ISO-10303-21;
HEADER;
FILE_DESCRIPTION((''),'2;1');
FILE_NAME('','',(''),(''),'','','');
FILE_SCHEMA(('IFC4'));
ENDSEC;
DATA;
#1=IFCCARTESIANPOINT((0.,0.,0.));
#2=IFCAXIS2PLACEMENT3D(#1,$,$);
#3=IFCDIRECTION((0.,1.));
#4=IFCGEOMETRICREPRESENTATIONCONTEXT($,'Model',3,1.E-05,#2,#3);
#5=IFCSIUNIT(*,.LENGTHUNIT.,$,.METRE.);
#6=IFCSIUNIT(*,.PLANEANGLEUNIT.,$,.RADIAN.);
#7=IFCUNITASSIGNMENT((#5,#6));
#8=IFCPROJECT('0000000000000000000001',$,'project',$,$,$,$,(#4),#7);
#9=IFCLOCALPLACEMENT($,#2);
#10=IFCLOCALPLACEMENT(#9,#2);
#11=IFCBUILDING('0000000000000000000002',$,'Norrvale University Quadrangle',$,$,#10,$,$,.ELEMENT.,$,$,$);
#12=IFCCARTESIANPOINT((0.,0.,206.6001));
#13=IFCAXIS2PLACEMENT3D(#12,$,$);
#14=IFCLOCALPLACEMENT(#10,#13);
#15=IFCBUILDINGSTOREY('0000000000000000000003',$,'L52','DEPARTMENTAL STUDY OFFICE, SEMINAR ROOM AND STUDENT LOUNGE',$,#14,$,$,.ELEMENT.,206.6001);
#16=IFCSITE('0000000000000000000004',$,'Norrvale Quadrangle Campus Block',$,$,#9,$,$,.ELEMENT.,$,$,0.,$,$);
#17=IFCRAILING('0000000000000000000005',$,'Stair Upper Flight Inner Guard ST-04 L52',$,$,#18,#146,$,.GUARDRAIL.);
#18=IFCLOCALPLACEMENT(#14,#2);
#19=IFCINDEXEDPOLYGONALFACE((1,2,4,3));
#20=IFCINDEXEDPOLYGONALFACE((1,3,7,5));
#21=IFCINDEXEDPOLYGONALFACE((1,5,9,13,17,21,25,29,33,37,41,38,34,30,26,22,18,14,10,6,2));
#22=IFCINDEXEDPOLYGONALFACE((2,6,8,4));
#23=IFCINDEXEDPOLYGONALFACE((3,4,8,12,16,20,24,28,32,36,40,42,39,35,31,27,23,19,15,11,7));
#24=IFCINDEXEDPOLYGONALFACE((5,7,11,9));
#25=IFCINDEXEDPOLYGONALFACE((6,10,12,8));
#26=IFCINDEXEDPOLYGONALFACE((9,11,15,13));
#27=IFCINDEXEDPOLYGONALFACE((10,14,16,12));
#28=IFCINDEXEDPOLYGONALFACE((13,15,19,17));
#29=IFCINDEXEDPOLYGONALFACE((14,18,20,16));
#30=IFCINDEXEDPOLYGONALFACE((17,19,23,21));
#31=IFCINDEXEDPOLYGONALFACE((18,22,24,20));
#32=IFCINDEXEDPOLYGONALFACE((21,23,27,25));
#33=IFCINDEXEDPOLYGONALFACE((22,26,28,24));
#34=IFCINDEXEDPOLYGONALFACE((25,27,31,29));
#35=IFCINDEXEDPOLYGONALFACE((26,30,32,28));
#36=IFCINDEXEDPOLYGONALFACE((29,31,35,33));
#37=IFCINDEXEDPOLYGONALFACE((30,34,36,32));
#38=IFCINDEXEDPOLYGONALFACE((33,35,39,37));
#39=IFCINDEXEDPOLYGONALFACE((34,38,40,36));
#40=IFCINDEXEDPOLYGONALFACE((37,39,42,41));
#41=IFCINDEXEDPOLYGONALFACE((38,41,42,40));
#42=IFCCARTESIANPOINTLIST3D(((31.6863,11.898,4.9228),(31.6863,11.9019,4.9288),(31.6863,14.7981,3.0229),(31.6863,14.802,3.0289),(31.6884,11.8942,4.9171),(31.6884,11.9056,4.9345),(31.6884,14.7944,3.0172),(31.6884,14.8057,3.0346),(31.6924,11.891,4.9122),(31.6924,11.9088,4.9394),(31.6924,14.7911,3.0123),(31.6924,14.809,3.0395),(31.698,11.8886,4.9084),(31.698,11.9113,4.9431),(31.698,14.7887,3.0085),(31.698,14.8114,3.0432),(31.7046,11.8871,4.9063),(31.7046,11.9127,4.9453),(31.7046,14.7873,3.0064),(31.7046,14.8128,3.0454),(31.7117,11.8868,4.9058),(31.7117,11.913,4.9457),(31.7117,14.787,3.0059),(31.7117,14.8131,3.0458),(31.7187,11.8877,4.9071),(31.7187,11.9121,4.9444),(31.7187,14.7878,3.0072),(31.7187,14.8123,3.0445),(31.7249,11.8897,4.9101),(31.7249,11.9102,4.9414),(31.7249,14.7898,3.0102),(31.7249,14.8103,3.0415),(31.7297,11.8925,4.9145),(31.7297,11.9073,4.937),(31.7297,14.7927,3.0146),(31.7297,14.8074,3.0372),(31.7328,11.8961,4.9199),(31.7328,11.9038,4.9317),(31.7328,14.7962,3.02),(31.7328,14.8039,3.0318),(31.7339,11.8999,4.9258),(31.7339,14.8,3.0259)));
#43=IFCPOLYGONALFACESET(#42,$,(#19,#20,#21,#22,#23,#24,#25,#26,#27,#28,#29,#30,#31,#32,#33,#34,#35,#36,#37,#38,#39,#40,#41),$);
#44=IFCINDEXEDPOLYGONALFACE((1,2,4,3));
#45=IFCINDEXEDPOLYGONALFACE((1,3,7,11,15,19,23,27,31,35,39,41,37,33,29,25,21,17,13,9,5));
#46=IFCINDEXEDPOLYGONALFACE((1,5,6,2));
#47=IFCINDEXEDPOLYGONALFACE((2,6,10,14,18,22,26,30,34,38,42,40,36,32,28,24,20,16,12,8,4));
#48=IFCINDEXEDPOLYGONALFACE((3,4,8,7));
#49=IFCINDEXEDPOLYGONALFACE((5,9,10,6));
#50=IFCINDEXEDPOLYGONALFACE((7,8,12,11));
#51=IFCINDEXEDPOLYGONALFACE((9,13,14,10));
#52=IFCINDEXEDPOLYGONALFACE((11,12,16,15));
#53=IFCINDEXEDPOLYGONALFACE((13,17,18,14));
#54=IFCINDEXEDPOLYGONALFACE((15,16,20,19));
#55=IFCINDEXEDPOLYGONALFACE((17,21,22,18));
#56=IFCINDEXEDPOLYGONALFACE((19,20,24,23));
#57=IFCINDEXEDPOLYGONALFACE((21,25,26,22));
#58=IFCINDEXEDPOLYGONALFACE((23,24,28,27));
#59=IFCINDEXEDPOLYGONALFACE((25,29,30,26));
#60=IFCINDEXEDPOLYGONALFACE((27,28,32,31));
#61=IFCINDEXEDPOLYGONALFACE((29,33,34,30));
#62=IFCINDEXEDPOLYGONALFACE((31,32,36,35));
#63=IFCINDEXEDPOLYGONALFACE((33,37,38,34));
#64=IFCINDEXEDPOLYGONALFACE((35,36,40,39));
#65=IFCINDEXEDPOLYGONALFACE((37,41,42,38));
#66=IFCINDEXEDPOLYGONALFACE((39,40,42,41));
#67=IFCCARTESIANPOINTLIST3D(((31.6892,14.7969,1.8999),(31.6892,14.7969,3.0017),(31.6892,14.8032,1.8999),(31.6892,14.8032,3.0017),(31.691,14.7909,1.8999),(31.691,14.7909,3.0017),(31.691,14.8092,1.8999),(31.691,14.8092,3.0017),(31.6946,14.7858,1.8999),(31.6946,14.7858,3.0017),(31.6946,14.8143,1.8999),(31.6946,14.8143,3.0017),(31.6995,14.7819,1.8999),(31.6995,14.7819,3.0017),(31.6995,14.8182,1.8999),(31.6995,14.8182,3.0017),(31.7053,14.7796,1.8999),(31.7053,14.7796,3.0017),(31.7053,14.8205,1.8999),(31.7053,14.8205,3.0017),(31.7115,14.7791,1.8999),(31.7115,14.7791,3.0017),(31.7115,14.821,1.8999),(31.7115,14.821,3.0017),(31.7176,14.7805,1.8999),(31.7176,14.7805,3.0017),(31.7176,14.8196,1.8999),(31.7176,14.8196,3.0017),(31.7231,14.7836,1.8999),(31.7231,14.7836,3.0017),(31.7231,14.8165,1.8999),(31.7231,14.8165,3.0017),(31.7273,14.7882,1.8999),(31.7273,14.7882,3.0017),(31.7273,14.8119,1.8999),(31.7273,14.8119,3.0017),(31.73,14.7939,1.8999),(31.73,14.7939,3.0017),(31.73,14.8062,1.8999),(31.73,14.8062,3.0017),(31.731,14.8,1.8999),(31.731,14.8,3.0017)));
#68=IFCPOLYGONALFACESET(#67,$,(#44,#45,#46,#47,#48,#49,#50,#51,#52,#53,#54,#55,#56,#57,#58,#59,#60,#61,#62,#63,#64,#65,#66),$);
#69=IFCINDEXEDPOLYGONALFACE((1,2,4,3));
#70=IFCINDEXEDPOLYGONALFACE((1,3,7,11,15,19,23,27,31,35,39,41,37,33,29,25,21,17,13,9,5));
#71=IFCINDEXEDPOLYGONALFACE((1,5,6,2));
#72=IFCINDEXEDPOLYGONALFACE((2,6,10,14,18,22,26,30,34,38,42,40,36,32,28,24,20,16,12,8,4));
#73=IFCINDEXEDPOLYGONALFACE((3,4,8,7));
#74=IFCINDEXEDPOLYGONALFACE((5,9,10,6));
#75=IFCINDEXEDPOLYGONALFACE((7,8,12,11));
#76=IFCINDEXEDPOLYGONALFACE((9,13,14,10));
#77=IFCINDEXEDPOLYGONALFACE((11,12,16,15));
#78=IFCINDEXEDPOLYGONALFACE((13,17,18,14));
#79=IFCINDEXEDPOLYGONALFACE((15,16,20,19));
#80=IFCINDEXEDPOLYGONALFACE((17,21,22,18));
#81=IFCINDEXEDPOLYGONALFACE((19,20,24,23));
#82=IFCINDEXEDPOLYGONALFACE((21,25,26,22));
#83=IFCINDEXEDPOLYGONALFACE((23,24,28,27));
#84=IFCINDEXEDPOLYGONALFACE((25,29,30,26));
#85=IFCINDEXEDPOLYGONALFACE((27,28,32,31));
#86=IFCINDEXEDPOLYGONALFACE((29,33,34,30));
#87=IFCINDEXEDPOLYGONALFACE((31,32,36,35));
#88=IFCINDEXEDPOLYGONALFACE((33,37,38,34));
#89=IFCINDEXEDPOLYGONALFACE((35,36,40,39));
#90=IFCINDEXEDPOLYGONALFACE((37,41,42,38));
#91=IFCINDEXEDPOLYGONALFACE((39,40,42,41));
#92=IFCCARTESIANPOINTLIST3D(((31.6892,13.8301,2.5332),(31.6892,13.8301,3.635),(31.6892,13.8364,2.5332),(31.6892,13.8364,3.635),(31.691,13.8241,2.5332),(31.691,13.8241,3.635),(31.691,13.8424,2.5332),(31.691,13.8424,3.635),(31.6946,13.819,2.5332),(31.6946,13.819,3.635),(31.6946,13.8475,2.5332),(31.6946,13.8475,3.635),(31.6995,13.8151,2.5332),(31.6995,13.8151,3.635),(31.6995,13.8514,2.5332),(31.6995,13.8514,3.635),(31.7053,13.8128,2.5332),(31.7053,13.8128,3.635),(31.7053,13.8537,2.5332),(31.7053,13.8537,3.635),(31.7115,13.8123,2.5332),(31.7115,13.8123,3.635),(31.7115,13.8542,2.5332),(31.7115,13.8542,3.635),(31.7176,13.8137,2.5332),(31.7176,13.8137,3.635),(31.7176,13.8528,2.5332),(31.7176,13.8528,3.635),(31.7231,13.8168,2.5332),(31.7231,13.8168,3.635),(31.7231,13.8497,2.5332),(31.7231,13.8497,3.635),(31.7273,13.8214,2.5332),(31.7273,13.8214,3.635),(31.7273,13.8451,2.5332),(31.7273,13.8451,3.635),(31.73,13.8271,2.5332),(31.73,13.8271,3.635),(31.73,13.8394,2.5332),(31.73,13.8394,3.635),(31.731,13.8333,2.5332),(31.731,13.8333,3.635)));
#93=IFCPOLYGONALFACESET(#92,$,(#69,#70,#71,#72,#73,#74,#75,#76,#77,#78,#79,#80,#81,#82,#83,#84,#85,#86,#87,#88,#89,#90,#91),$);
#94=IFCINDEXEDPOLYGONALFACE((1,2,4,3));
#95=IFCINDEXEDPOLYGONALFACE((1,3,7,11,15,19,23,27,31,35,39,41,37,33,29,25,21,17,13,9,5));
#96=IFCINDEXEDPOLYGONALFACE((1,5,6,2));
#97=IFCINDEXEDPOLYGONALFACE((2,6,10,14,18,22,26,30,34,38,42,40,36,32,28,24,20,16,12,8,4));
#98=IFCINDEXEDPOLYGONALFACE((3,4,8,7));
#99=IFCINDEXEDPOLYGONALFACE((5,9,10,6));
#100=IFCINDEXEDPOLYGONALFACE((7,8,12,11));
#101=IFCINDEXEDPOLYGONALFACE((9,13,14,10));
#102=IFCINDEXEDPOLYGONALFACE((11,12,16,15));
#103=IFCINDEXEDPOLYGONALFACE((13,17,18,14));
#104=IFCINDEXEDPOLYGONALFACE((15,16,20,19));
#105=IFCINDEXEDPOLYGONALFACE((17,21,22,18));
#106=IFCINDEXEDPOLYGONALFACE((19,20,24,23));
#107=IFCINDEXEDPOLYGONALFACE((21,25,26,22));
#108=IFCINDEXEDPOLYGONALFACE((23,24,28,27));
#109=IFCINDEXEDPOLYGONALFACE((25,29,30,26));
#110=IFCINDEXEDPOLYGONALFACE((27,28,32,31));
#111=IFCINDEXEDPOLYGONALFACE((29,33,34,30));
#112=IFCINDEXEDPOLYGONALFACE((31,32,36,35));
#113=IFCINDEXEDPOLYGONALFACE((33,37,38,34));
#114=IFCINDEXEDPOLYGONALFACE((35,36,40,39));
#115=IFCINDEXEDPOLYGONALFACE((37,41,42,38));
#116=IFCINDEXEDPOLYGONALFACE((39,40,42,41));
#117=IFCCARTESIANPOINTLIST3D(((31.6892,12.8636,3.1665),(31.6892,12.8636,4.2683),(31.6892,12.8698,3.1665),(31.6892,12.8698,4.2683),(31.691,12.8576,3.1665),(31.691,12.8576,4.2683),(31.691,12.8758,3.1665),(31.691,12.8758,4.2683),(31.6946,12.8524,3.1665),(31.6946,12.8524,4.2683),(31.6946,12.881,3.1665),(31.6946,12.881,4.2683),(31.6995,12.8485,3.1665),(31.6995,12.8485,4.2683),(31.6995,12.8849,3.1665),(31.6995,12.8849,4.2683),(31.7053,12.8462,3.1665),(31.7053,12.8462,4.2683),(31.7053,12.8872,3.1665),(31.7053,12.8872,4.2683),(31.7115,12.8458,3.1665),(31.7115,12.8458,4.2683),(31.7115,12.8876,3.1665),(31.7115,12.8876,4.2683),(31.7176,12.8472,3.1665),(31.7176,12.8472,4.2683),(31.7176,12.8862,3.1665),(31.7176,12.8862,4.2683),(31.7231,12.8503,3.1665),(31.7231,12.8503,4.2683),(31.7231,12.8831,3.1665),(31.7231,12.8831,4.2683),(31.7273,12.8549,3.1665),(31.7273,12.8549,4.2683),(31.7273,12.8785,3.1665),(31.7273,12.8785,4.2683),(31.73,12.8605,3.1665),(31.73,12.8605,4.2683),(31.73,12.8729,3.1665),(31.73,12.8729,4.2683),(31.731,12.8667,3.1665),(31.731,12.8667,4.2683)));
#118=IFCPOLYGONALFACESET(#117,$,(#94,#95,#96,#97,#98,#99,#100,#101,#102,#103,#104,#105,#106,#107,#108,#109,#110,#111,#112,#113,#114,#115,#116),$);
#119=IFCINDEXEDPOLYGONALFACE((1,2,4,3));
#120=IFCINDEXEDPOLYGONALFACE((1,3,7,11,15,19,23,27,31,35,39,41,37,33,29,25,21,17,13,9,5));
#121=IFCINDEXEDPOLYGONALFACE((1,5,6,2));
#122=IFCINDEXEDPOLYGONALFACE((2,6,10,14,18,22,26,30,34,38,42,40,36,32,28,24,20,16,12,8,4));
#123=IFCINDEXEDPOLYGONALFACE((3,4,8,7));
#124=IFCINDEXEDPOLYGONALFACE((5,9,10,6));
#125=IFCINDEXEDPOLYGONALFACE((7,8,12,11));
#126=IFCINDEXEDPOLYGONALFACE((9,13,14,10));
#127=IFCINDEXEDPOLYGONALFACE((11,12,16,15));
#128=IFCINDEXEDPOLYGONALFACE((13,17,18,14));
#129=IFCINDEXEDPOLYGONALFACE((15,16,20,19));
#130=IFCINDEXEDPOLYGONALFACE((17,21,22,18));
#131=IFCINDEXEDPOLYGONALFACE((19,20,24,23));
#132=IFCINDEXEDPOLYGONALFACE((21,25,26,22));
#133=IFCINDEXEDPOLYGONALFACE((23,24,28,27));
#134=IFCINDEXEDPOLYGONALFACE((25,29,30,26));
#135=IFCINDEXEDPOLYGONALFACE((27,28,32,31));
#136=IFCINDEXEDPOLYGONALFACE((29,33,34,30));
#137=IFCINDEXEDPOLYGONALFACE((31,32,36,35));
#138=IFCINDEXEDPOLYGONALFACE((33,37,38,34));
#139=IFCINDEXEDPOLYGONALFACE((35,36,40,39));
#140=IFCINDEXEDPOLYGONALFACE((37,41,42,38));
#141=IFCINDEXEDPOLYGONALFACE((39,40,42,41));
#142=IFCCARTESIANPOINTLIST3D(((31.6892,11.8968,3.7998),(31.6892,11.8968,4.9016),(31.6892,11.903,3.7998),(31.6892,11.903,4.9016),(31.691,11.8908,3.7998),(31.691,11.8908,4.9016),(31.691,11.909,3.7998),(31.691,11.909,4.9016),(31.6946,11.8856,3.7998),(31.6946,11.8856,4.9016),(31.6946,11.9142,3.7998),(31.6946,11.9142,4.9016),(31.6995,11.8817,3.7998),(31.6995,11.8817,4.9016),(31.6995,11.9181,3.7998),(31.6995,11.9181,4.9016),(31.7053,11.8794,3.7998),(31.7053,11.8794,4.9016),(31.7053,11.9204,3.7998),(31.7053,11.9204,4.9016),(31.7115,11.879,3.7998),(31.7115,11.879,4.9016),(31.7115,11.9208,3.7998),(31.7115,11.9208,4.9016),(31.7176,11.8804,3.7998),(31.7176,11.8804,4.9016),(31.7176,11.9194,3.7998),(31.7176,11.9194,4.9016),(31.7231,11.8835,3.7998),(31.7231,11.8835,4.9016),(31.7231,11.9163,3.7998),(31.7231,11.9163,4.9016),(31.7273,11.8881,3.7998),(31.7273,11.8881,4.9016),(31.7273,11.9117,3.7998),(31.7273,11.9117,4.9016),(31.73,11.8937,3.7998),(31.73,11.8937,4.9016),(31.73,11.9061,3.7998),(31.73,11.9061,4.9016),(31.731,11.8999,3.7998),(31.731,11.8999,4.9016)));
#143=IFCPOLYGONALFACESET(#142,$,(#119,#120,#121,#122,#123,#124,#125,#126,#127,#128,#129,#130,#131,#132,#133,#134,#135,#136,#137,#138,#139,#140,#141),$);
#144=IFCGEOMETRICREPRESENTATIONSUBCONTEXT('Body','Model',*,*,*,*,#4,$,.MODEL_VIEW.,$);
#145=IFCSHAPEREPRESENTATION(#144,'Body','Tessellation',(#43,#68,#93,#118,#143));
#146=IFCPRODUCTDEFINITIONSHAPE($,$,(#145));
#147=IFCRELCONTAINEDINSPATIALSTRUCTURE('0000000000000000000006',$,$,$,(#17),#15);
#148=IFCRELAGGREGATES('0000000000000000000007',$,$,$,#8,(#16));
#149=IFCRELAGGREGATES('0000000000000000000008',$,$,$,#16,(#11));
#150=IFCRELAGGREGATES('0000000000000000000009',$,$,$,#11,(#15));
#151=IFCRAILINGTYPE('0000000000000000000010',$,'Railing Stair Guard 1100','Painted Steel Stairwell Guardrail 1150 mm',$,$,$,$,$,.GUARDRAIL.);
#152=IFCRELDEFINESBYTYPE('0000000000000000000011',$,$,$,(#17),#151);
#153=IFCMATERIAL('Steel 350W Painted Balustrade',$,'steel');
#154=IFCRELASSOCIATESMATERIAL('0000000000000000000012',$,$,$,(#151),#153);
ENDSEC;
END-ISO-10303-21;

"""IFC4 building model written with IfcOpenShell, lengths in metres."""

from ifc_helpers import new_model, si_unit, direction, frame, origin, origin_2d, place, context, subcontext, project, spatial, circle, extrude, material, type_object, element, save


model = new_model("IFC4")

# Units and contexts
model_context = context("Model", 3, precision=1e-05, world=origin(), true_north=direction((0.0, 1.0)))
body_context = subcontext(model_context, "Body", "Model", "MODEL_VIEW")
ifc_project = project(units=[si_unit("LENGTHUNIT", "METRE"), si_unit("PLANEANGLEUNIT", "RADIAN")], contexts=[model_context])

# Site, building, storey
site_placement = place(None, origin())
site = spatial("IfcSite", under=ifc_project, at=site_placement, Name="Norrvale Quadrangle Campus Block", CompositionType="ELEMENT", RefElevation=0.0)
building_placement = place(site_placement, origin())
building = spatial("IfcBuilding", under=site, at=building_placement, Name="Norrvale University Quadrangle", CompositionType="ELEMENT")
storey_placement = place(building_placement, frame((0.0, 0.0, 206.6001)))
storey = spatial("IfcBuildingStorey", under=building, at=storey_placement, Name="L52", Description="DEPARTMENTAL STUDY OFFICE, SEMINAR ROOM AND STUDENT LOUNGE", CompositionType="ELEMENT", Elevation=206.6001)

# Railing
ifc_material_1 = material(Name="Steel 350W Painted Balustrade", Category="steel")
railing_type_1 = type_object("IfcRailingType", Name="Railing Stair Guard 1100", Description="Painted Steel Stairwell Guardrail 1150 mm", PredefinedType="GUARDRAIL", material=ifc_material_1)
railing_1_placement = place(storey_placement, frame((31.71, 14.8, 1.8999)))
element("IfcRailing", 1, at=railing_1_placement, inside=storey, type_object=railing_type_1, Name="Stair Upper Flight Inner Guard ST-04 L52", PredefinedType="GUARDRAIL", context=body_context, shape_type="SweptSolid", body=[
    extrude(circle(Radius=0.0239, at=origin_2d()), frame((0.0, 0.0, 1.126), z_axis=(0.0, -0.836487, 0.547987), x_axis=(1.0, 0.0, 0.0)), (0.0, 0.0, 1.0), 3.467),
    extrude(circle(Radius=0.021, at=origin_2d()), origin(), (0.0, 0.0, 1.0), 1.1018),
    extrude(circle(Radius=0.021, at=origin_2d()), frame((0.0, -0.9668, 0.6333)), (0.0, 0.0, 1.0), 1.1018),
    extrude(circle(Radius=0.021, at=origin_2d()), frame((0.0, -1.9333, 1.2666)), (0.0, 0.0, 1.0), 1.1018),
    extrude(circle(Radius=0.021, at=origin_2d()), frame((0.0, -2.9001, 1.8999)), (0.0, 0.0, 1.0), 1.1018),
])

save(model, "model.ifc")
